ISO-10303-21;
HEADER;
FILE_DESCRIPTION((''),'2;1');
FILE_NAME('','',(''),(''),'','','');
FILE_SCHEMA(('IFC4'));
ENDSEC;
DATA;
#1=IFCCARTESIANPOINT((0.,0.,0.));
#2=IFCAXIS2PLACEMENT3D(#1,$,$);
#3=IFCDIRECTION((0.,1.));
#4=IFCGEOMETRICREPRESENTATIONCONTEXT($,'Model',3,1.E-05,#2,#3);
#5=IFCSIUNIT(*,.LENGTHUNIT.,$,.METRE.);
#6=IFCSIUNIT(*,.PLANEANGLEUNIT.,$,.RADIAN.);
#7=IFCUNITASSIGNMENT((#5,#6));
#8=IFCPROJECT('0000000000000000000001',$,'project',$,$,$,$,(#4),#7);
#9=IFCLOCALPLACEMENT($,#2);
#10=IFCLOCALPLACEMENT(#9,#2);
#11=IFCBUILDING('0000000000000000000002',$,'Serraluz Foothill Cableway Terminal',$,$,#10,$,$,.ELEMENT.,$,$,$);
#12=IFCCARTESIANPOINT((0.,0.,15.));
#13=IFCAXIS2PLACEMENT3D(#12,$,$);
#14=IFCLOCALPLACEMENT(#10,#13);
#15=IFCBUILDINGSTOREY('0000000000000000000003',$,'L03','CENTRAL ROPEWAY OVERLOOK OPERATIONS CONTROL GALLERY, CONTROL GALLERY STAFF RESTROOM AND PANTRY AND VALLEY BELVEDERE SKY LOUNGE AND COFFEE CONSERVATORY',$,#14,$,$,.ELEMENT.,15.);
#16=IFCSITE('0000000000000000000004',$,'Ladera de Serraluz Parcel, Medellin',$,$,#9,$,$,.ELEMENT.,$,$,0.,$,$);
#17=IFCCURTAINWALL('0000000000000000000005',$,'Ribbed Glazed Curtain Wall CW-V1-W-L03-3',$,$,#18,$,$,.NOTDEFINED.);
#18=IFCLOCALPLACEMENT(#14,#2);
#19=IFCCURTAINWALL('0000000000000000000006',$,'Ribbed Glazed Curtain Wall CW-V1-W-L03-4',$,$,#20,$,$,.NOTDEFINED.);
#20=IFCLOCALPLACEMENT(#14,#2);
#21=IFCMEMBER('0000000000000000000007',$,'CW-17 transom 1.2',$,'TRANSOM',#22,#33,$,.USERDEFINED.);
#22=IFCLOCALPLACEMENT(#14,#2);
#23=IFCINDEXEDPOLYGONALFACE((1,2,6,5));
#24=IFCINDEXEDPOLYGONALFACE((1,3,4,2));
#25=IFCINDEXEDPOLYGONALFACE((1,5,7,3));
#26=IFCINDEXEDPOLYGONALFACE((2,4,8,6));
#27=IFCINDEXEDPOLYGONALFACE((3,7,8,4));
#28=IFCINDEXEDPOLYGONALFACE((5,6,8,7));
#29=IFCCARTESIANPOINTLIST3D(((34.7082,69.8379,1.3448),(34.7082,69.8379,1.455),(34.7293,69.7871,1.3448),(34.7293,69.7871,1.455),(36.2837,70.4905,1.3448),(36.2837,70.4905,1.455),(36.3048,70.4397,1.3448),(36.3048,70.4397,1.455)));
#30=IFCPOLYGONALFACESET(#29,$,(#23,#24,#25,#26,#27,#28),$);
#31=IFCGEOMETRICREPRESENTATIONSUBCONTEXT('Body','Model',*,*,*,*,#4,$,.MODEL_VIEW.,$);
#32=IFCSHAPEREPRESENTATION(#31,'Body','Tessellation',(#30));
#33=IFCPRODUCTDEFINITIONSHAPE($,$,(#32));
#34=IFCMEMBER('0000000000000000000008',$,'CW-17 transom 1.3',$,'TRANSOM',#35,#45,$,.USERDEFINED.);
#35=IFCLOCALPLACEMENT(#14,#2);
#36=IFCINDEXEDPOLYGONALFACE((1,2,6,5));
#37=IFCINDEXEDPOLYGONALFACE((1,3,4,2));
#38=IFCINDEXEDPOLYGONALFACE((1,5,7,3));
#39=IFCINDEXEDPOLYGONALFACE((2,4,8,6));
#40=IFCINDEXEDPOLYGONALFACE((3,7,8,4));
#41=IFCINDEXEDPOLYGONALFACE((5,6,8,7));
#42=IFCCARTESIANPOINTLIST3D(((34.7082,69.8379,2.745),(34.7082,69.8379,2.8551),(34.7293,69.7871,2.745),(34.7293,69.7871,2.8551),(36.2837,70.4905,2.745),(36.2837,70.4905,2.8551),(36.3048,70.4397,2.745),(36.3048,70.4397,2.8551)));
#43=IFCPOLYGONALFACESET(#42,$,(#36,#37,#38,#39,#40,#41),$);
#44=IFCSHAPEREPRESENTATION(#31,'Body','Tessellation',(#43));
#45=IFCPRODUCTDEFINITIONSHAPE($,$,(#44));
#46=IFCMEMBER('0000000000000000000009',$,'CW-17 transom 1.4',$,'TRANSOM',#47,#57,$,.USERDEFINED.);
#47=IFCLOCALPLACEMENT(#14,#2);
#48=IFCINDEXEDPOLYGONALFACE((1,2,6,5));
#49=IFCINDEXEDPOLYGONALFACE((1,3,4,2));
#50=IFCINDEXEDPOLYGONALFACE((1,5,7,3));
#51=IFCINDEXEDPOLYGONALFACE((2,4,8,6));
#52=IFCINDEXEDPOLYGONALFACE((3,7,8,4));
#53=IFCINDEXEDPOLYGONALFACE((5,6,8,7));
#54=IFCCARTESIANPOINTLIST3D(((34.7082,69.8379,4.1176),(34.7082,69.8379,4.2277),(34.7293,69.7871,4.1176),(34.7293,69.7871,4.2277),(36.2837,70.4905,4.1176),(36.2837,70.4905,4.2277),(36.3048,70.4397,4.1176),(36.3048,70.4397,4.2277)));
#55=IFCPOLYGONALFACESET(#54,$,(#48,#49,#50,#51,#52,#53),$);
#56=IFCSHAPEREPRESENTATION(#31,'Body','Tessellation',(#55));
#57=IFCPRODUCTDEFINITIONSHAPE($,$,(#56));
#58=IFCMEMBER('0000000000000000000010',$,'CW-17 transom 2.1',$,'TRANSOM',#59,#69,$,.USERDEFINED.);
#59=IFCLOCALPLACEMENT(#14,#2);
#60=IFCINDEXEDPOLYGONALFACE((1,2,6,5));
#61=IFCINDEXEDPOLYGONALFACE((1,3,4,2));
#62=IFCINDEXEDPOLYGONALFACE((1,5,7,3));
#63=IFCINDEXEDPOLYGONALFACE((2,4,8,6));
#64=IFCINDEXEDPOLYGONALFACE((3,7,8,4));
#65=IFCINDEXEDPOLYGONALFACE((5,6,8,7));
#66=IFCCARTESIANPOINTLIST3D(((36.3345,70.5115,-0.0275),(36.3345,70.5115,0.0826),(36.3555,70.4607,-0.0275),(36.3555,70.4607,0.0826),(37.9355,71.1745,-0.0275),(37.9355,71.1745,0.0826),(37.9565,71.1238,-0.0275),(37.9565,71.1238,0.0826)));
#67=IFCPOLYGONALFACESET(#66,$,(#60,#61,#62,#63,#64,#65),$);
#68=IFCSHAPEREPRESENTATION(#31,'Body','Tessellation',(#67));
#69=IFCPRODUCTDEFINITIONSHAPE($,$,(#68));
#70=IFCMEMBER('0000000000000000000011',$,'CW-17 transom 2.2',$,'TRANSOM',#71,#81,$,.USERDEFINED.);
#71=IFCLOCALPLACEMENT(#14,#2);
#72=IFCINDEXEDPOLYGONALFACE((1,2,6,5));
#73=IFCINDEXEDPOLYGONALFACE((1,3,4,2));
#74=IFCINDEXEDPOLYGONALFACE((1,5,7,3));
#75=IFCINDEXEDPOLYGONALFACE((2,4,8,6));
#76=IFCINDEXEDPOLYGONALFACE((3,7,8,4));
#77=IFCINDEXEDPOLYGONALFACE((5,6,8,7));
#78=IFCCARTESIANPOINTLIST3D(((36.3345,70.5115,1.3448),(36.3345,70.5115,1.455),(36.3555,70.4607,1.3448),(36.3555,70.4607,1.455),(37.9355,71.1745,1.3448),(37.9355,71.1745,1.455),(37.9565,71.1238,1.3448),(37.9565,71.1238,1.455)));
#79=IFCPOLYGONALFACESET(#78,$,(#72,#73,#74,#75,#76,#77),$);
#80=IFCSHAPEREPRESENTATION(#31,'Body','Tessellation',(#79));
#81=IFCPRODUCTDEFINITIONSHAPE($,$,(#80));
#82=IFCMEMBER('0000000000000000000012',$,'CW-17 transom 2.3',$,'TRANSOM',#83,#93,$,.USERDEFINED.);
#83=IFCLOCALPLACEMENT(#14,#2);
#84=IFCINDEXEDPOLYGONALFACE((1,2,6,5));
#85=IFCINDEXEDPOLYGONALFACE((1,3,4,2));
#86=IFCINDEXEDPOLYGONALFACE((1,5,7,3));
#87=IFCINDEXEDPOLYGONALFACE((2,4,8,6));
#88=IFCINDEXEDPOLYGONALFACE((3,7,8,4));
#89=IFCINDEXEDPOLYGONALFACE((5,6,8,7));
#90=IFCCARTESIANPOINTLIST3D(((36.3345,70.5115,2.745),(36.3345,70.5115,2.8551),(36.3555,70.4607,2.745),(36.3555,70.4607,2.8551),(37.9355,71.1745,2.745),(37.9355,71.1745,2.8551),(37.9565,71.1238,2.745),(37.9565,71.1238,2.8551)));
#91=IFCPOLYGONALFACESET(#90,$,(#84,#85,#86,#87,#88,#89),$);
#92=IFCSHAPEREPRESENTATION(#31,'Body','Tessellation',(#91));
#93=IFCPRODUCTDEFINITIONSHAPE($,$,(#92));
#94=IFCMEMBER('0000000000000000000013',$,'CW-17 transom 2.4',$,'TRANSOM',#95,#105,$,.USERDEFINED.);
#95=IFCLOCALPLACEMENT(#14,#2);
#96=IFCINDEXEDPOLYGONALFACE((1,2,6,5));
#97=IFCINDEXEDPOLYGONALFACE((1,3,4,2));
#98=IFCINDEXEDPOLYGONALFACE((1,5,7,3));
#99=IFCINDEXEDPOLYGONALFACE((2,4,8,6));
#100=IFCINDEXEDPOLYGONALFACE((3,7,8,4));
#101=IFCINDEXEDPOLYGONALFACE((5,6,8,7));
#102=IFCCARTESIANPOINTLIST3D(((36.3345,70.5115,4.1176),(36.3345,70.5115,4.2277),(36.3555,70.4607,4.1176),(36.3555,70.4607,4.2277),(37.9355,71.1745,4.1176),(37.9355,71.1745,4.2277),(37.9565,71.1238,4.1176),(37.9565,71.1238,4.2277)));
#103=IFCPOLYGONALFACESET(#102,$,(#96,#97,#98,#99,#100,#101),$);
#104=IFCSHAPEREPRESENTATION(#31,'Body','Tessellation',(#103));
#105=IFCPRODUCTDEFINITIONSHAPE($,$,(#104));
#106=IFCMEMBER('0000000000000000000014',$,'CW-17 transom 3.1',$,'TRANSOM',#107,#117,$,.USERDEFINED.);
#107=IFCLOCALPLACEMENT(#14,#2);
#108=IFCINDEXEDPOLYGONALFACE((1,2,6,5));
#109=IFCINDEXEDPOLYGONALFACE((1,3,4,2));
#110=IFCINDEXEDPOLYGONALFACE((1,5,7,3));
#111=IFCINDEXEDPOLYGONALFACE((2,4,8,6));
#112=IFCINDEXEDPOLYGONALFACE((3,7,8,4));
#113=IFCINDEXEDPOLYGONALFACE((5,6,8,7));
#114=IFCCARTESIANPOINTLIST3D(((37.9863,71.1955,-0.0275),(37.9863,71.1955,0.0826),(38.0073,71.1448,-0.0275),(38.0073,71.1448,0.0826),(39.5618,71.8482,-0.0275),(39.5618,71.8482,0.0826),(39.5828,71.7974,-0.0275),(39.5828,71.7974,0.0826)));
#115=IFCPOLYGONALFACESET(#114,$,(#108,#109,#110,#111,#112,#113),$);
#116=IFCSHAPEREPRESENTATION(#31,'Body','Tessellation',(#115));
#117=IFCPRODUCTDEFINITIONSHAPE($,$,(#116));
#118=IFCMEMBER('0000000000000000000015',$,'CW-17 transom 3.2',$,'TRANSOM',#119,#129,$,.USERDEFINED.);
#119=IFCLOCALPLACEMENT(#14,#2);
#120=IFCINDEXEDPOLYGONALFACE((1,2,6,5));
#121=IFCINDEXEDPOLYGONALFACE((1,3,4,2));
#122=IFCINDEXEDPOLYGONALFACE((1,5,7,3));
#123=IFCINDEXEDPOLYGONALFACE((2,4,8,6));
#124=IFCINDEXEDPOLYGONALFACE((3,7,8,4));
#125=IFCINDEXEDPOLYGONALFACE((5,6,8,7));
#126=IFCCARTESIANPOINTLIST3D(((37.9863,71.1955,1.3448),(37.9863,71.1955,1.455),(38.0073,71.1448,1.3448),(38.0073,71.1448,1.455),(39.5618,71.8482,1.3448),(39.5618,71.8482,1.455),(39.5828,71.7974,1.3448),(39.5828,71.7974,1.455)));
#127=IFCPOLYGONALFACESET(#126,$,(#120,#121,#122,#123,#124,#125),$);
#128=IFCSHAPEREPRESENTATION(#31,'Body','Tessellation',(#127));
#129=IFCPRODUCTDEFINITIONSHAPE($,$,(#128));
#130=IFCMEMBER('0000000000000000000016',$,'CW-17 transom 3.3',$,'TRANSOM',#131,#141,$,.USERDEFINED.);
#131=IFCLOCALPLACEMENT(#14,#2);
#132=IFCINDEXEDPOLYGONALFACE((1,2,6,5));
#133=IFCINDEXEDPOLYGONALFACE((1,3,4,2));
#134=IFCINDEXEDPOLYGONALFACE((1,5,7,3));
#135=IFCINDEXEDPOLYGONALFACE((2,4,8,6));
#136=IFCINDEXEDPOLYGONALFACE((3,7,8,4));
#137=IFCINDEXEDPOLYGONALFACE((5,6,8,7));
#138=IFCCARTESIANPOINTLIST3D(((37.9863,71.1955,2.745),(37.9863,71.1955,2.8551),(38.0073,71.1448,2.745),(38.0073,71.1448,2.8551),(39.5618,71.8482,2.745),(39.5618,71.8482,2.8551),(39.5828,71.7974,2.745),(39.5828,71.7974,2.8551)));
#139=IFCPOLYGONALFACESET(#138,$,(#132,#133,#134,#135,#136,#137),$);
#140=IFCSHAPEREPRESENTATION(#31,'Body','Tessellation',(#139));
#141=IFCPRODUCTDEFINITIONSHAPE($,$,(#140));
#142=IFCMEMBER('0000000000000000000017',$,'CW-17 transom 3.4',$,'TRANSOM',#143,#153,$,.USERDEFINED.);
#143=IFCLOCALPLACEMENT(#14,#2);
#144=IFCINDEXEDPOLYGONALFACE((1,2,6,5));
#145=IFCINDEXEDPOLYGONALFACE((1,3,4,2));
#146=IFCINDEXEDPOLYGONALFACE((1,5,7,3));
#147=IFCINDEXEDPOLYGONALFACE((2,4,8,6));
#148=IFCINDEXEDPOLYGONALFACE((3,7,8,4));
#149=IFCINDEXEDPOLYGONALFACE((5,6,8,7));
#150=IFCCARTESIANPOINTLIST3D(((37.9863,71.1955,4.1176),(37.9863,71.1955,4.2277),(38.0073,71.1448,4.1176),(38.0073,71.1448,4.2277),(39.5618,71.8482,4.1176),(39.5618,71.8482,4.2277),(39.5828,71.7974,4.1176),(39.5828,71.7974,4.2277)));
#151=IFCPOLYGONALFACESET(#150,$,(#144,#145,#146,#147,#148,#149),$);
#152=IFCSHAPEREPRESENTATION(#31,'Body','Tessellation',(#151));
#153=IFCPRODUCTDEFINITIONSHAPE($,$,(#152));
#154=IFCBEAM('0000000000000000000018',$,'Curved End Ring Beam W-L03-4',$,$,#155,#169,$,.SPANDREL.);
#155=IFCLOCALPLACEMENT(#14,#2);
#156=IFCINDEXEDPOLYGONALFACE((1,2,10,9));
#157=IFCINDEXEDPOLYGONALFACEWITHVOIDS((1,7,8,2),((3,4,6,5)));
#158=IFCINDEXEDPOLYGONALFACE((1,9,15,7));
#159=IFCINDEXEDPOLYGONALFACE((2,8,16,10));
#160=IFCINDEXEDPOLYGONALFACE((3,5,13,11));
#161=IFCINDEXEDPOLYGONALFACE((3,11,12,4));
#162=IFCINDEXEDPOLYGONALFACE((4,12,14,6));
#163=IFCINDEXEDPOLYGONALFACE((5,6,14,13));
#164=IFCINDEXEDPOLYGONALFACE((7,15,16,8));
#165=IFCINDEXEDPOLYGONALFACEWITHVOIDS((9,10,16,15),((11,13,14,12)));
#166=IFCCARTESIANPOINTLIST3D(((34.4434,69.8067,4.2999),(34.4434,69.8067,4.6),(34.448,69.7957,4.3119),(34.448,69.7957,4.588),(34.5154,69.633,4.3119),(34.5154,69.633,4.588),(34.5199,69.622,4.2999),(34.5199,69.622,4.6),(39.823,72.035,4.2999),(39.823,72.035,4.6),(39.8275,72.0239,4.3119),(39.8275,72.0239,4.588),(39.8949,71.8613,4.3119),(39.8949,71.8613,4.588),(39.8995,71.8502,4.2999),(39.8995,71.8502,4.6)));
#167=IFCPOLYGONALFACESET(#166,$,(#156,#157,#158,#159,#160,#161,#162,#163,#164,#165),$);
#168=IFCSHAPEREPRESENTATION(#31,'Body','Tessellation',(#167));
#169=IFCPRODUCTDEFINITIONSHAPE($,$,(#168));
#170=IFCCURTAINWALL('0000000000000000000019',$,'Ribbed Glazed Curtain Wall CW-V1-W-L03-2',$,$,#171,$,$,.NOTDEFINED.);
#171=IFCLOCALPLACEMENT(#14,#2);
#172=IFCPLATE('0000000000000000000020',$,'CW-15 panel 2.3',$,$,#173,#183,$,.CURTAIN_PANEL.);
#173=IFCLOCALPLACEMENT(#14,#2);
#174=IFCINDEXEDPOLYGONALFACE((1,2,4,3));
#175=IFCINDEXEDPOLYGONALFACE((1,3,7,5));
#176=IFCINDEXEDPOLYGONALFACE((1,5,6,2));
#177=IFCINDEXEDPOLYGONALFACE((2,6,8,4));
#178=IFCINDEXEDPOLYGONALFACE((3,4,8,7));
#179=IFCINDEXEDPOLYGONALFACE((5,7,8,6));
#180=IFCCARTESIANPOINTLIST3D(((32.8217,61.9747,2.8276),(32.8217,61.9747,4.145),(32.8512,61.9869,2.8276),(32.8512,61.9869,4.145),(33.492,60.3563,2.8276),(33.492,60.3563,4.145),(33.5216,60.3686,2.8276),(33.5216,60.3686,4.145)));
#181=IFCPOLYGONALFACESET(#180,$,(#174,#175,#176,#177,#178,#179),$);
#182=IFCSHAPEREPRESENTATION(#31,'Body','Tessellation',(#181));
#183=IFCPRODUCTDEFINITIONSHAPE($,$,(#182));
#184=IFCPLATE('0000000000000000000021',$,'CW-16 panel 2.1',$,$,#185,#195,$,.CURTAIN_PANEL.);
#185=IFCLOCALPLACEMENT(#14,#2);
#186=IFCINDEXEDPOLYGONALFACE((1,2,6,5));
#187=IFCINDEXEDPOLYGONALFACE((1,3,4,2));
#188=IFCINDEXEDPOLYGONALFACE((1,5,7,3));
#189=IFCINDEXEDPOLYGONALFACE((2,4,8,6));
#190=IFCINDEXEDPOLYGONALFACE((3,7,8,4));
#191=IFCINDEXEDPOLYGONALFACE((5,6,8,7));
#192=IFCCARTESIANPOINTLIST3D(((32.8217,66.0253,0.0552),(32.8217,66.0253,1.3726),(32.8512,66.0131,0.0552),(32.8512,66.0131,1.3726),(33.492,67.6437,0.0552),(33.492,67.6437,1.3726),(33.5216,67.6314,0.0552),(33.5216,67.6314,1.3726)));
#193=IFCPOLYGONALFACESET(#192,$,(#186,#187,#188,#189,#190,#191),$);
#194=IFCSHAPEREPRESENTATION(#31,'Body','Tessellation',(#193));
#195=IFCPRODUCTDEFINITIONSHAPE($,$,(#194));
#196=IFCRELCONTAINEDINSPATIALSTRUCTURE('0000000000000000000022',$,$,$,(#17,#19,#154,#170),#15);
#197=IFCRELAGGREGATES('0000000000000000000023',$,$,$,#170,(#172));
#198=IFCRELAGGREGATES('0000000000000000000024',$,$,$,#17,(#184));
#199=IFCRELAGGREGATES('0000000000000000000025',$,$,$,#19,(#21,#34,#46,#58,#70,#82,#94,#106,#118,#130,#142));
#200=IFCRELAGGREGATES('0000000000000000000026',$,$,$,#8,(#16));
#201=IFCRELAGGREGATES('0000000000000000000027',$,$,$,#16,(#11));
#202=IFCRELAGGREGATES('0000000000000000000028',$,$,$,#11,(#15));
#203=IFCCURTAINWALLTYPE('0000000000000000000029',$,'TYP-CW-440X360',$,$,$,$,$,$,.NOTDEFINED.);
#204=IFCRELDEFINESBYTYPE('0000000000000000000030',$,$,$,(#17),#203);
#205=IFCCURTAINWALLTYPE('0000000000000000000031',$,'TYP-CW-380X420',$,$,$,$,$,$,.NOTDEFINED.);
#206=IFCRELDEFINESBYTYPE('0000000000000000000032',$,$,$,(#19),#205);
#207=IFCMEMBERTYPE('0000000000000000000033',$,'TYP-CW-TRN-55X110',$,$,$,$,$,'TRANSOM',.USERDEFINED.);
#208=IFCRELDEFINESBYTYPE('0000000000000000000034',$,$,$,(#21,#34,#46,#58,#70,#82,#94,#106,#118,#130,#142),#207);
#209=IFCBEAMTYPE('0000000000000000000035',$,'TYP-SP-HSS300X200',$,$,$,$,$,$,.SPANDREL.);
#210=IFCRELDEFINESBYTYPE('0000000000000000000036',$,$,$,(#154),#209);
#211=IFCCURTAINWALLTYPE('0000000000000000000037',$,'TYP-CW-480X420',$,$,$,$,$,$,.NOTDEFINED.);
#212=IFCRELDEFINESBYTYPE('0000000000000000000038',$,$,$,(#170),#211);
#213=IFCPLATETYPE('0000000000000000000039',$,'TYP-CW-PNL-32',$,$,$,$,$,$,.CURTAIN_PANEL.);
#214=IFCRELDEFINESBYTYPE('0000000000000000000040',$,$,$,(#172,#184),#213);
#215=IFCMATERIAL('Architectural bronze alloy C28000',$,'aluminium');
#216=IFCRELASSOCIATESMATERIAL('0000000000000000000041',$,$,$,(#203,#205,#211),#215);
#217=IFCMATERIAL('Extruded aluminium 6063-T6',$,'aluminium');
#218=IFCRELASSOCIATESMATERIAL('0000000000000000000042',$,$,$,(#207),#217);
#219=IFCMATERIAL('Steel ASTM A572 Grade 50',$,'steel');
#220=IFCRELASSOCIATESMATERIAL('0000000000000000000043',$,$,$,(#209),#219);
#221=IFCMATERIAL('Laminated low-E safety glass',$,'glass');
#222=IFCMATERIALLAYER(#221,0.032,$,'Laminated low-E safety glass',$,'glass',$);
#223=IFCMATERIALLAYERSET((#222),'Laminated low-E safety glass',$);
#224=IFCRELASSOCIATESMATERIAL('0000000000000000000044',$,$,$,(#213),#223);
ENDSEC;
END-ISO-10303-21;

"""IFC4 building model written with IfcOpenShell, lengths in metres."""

from ifc_helpers import new_model, si_unit, direction, frame, origin, origin_2d, place, context, subcontext, project, spatial, rectangle, hollow_rectangle, extrude, material, layer, layer_set, material_profile, profile_set, type_object, element, aggregate, save


model = new_model("IFC4")

# Units and contexts
model_context = context("Model", 3, precision=1e-05, world=origin(), true_north=direction((0.0, 1.0)))
body_context = subcontext(model_context, "Body", "Model", "MODEL_VIEW")
ifc_project = project(units=[si_unit("LENGTHUNIT", "METRE"), si_unit("PLANEANGLEUNIT", "RADIAN")], contexts=[model_context])

# Site, building, storey
site_placement = place(None, origin())
site = spatial("IfcSite", under=ifc_project, at=site_placement, Name="Ladera de Serraluz Parcel, Medellin", CompositionType="ELEMENT", RefElevation=0.0)
building_placement = place(site_placement, origin())
building = spatial("IfcBuilding", under=site, at=building_placement, Name="Serraluz Foothill Cableway Terminal", CompositionType="ELEMENT")
storey_placement = place(building_placement, frame((0.0, 0.0, 15.0)))
storey = spatial("IfcBuildingStorey", under=building, at=storey_placement, Name="L03", Description="CENTRAL ROPEWAY OVERLOOK OPERATIONS CONTROL GALLERY, CONTROL GALLERY STAFF RESTROOM AND PANTRY AND VALLEY BELVEDERE SKY LOUNGE AND COFFEE CONSERVATORY", CompositionType="ELEMENT", Elevation=15.0)

# Shared definitions
ifc_material_1 = material(Name="Steel ASTM A572 Grade 50", Category="steel")

# Curtain walls
ifc_material_2 = material(Name="Architectural bronze alloy C28000", Category="aluminium")
curtain_wall_type_1 = type_object("IfcCurtainWallType", Name="TYP-CW-440X360", PredefinedType="NOTDEFINED", material=ifc_material_2)
curtain_wall_1_placement = place(storey_placement, origin())
curtain_wall_1 = element("IfcCurtainWall", 1, at=curtain_wall_1_placement, inside=storey, type_object=curtain_wall_type_1, Name="Ribbed Glazed Curtain Wall CW-V1-W-L03-3", PredefinedType="NOTDEFINED")
ifc_material_3 = material(Name="Extruded aluminium 6063-T6", Category="aluminium")
curtain_wall_type_2 = type_object("IfcCurtainWallType", Name="TYP-CW-380X420", PredefinedType="NOTDEFINED", material=ifc_material_2)
curtain_wall_2_placement = place(storey_placement, origin())
curtain_wall_2 = element("IfcCurtainWall", 2, at=curtain_wall_2_placement, inside=storey, type_object=curtain_wall_type_2, Name="Ribbed Glazed Curtain Wall CW-V1-W-L03-4", PredefinedType="NOTDEFINED")

# Members
ifc_material_profile_1 = material_profile(ifc_material_3, rectangle(XDim=0.0549, YDim=0.1101, at=origin_2d()), Name="ALU TRANSOM 55x110")
ifc_profile_set_1 = profile_set([ifc_material_profile_1], Name="Extruded aluminium 6063-T6")
member_type_1 = type_object("IfcMemberType", Name="TYP-CW-TRN-55X110", ElementType="TRANSOM", PredefinedType="USERDEFINED", material=ifc_profile_set_1)
member_1_placement = place(storey_placement, frame((34.7188, 69.8125, 1.3999), z_axis=(0.923875, 0.382693, 0.0), x_axis=(-0.382693, 0.923875, 0.0)))
member_1 = element("IfcMember", 3, at=member_1_placement, type_object=member_type_1, Name="CW-17 transom 1.2", ObjectType="TRANSOM", PredefinedType="USERDEFINED", context=body_context, shape_type="SweptSolid", body=[
    extrude(rectangle(XDim=0.0549, YDim=0.1101, at=origin_2d()), origin(), (0.0, 0.0, 1.0), 1.7053),
])
member_2_placement = place(storey_placement, frame((34.7188, 69.8125, 2.8), z_axis=(0.923875, 0.382693, 0.0), x_axis=(-0.382693, 0.923875, 0.0)))
member_2 = element("IfcMember", 4, at=member_2_placement, type_object=member_type_1, Name="CW-17 transom 1.3", ObjectType="TRANSOM", PredefinedType="USERDEFINED", context=body_context, shape_type="SweptSolid", body=[
    extrude(rectangle(XDim=0.0549, YDim=0.1101, at=origin_2d()), origin(), (0.0, 0.0, 1.0), 1.7053),
])
member_3_placement = place(storey_placement, frame((34.7188, 69.8125, 4.1726), z_axis=(0.923875, 0.382693, 0.0), x_axis=(-0.382693, 0.923875, 0.0)))
member_3 = element("IfcMember", 5, at=member_3_placement, type_object=member_type_1, Name="CW-17 transom 1.4", ObjectType="TRANSOM", PredefinedType="USERDEFINED", context=body_context, shape_type="SweptSolid", body=[
    extrude(rectangle(XDim=0.0549, YDim=0.1101, at=origin_2d()), origin(), (0.0, 0.0, 1.0), 1.7053),
])
member_4_placement = place(storey_placement, frame((36.345, 70.4861, 0.0276), z_axis=(0.9239, 0.382634, 0.0), x_axis=(-0.382634, 0.9239, 0.0)))
member_4 = element("IfcMember", 6, at=member_4_placement, type_object=member_type_1, Name="CW-17 transom 2.1", ObjectType="TRANSOM", PredefinedType="USERDEFINED", context=body_context, shape_type="SweptSolid", body=[
    extrude(rectangle(XDim=0.0549, YDim=0.1101, at=origin_2d()), origin(), (0.0, 0.0, 1.0), 1.7329),
])
member_5_placement = place(storey_placement, frame((36.345, 70.4861, 1.3999), z_axis=(0.9239, 0.382634, 0.0), x_axis=(-0.382634, 0.9239, 0.0)))
member_5 = element("IfcMember", 7, at=member_5_placement, type_object=member_type_1, Name="CW-17 transom 2.2", ObjectType="TRANSOM", PredefinedType="USERDEFINED", context=body_context, shape_type="SweptSolid", body=[
    extrude(rectangle(XDim=0.0549, YDim=0.1101, at=origin_2d()), origin(), (0.0, 0.0, 1.0), 1.7329),
])
member_6_placement = place(storey_placement, frame((36.345, 70.4861, 2.8), z_axis=(0.9239, 0.382634, 0.0), x_axis=(-0.382634, 0.9239, 0.0)))
member_6 = element("IfcMember", 8, at=member_6_placement, type_object=member_type_1, Name="CW-17 transom 2.3", ObjectType="TRANSOM", PredefinedType="USERDEFINED", context=body_context, shape_type="SweptSolid", body=[
    extrude(rectangle(XDim=0.0549, YDim=0.1101, at=origin_2d()), origin(), (0.0, 0.0, 1.0), 1.7329),
])
member_7_placement = place(storey_placement, frame((36.345, 70.4861, 4.1726), z_axis=(0.9239, 0.382634, 0.0), x_axis=(-0.382634, 0.9239, 0.0)))
member_7 = element("IfcMember", 9, at=member_7_placement, type_object=member_type_1, Name="CW-17 transom 2.4", ObjectType="TRANSOM", PredefinedType="USERDEFINED", context=body_context, shape_type="SweptSolid", body=[
    extrude(rectangle(XDim=0.0549, YDim=0.1101, at=origin_2d()), origin(), (0.0, 0.0, 1.0), 1.7329),
])
member_8_placement = place(storey_placement, frame((37.9968, 71.1702, 0.0276), z_axis=(0.923875, 0.382693, 0.0), x_axis=(-0.382693, 0.923875, 0.0)))
member_8 = element("IfcMember", 10, at=member_8_placement, type_object=member_type_1, Name="CW-17 transom 3.1", ObjectType="TRANSOM", PredefinedType="USERDEFINED", context=body_context, shape_type="SweptSolid", body=[
    extrude(rectangle(XDim=0.0549, YDim=0.1101, at=origin_2d()), origin(), (0.0, 0.0, 1.0), 1.7053),
])
member_9_placement = place(storey_placement, frame((37.9968, 71.1702, 1.3999), z_axis=(0.923875, 0.382693, 0.0), x_axis=(-0.382693, 0.923875, 0.0)))
member_9 = element("IfcMember", 11, at=member_9_placement, type_object=member_type_1, Name="CW-17 transom 3.2", ObjectType="TRANSOM", PredefinedType="USERDEFINED", context=body_context, shape_type="SweptSolid", body=[
    extrude(rectangle(XDim=0.0549, YDim=0.1101, at=origin_2d()), origin(), (0.0, 0.0, 1.0), 1.7053),
])
member_10_placement = place(storey_placement, frame((37.9968, 71.1702, 2.8), z_axis=(0.923875, 0.382693, 0.0), x_axis=(-0.382693, 0.923875, 0.0)))
member_10 = element("IfcMember", 12, at=member_10_placement, type_object=member_type_1, Name="CW-17 transom 3.3", ObjectType="TRANSOM", PredefinedType="USERDEFINED", context=body_context, shape_type="SweptSolid", body=[
    extrude(rectangle(XDim=0.0549, YDim=0.1101, at=origin_2d()), origin(), (0.0, 0.0, 1.0), 1.7053),
])
member_11_placement = place(storey_placement, frame((37.9968, 71.1702, 4.1726), z_axis=(0.923875, 0.382693, 0.0), x_axis=(-0.382693, 0.923875, 0.0)))
member_11 = element("IfcMember", 13, at=member_11_placement, type_object=member_type_1, Name="CW-17 transom 3.4", ObjectType="TRANSOM", PredefinedType="USERDEFINED", context=body_context, shape_type="SweptSolid", body=[
    extrude(rectangle(XDim=0.0549, YDim=0.1101, at=origin_2d()), origin(), (0.0, 0.0, 1.0), 1.7053),
])

# Beam
ifc_material_profile_2 = material_profile(ifc_material_1, hollow_rectangle(XDim=0.2, YDim=0.3, WallThickness=0.012, at=origin_2d()), Name="HSS300X200X12")
ifc_profile_set_2 = profile_set([ifc_material_profile_2], Name="Steel ASTM A572 Grade 50")
beam_type = type_object("IfcBeamType", Name="TYP-SP-HSS300X200", PredefinedType="SPANDREL", material=ifc_profile_set_2)
beam_placement = place(storey_placement, frame((34.4817, 69.7144, 4.45), z_axis=(0.923882, 0.382676, 0.0), x_axis=(-0.382676, 0.923882, 0.0)))
element("IfcBeam", 14, at=beam_placement, inside=storey, type_object=beam_type, Name="Curved End Ring Beam W-L03-4", PredefinedType="SPANDREL", context=body_context, shape_type="SweptSolid", body=[
    extrude(hollow_rectangle(XDim=0.2, YDim=0.3, WallThickness=0.012, at=origin_2d()), origin(), (0.0, 0.0, 1.0), 5.8228),
])

# Curtain wall, plate
curtain_wall_type_3 = type_object("IfcCurtainWallType", Name="TYP-CW-480X420", PredefinedType="NOTDEFINED", material=ifc_material_2)
curtain_wall_3_placement = place(storey_placement, origin())
curtain_wall_3 = element("IfcCurtainWall", 15, at=curtain_wall_3_placement, inside=storey, type_object=curtain_wall_type_3, Name="Ribbed Glazed Curtain Wall CW-V1-W-L03-2", PredefinedType="NOTDEFINED")
ifc_material_4 = material(Name="Laminated low-E safety glass", Category="glass")
ifc_layer = layer(ifc_material_4, 0.032, Name="Laminated low-E safety glass", Category="glass")
ifc_layer_set = layer_set([ifc_layer], Name="Laminated low-E safety glass")
plate_type = type_object("IfcPlateType", Name="TYP-CW-PNL-32", PredefinedType="CURTAIN_PANEL", material=ifc_layer_set)
plate_1_placement = place(storey_placement, frame((33.1716, 61.1716, 2.8276), z_axis=(0.0, 0.0, 1.0), x_axis=(-0.382685, 0.923879, 0.0)))
plate_1 = element("IfcPlate", 16, at=plate_1_placement, type_object=plate_type, Name="CW-15 panel 2.3", PredefinedType="CURTAIN_PANEL", context=body_context, shape_type="SweptSolid", body=[
    extrude(rectangle(XDim=1.7517, YDim=0.032, at=origin_2d()), origin(), (0.0, 0.0, 1.0), 1.3174),
])
aggregate(curtain_wall_3, [plate_1])

# Plate
plate_2_placement = place(storey_placement, frame((33.1716, 66.8284, 0.0552), z_axis=(0.0, 0.0, 1.0), x_axis=(0.382685, 0.923879, 0.0)))
plate_2 = element("IfcPlate", 17, at=plate_2_placement, type_object=plate_type, Name="CW-16 panel 2.1", PredefinedType="CURTAIN_PANEL", context=body_context, shape_type="SweptSolid", body=[
    extrude(rectangle(XDim=1.7517, YDim=0.032, at=origin_2d()), origin(), (0.0, 0.0, 1.0), 1.3174),
])
aggregate(curtain_wall_1, [plate_2])
aggregate(curtain_wall_2, [member_1, member_2, member_3, member_4, member_5, member_6, member_7, member_8, member_9, member_10, member_11])

save(model, "model.ifc")
